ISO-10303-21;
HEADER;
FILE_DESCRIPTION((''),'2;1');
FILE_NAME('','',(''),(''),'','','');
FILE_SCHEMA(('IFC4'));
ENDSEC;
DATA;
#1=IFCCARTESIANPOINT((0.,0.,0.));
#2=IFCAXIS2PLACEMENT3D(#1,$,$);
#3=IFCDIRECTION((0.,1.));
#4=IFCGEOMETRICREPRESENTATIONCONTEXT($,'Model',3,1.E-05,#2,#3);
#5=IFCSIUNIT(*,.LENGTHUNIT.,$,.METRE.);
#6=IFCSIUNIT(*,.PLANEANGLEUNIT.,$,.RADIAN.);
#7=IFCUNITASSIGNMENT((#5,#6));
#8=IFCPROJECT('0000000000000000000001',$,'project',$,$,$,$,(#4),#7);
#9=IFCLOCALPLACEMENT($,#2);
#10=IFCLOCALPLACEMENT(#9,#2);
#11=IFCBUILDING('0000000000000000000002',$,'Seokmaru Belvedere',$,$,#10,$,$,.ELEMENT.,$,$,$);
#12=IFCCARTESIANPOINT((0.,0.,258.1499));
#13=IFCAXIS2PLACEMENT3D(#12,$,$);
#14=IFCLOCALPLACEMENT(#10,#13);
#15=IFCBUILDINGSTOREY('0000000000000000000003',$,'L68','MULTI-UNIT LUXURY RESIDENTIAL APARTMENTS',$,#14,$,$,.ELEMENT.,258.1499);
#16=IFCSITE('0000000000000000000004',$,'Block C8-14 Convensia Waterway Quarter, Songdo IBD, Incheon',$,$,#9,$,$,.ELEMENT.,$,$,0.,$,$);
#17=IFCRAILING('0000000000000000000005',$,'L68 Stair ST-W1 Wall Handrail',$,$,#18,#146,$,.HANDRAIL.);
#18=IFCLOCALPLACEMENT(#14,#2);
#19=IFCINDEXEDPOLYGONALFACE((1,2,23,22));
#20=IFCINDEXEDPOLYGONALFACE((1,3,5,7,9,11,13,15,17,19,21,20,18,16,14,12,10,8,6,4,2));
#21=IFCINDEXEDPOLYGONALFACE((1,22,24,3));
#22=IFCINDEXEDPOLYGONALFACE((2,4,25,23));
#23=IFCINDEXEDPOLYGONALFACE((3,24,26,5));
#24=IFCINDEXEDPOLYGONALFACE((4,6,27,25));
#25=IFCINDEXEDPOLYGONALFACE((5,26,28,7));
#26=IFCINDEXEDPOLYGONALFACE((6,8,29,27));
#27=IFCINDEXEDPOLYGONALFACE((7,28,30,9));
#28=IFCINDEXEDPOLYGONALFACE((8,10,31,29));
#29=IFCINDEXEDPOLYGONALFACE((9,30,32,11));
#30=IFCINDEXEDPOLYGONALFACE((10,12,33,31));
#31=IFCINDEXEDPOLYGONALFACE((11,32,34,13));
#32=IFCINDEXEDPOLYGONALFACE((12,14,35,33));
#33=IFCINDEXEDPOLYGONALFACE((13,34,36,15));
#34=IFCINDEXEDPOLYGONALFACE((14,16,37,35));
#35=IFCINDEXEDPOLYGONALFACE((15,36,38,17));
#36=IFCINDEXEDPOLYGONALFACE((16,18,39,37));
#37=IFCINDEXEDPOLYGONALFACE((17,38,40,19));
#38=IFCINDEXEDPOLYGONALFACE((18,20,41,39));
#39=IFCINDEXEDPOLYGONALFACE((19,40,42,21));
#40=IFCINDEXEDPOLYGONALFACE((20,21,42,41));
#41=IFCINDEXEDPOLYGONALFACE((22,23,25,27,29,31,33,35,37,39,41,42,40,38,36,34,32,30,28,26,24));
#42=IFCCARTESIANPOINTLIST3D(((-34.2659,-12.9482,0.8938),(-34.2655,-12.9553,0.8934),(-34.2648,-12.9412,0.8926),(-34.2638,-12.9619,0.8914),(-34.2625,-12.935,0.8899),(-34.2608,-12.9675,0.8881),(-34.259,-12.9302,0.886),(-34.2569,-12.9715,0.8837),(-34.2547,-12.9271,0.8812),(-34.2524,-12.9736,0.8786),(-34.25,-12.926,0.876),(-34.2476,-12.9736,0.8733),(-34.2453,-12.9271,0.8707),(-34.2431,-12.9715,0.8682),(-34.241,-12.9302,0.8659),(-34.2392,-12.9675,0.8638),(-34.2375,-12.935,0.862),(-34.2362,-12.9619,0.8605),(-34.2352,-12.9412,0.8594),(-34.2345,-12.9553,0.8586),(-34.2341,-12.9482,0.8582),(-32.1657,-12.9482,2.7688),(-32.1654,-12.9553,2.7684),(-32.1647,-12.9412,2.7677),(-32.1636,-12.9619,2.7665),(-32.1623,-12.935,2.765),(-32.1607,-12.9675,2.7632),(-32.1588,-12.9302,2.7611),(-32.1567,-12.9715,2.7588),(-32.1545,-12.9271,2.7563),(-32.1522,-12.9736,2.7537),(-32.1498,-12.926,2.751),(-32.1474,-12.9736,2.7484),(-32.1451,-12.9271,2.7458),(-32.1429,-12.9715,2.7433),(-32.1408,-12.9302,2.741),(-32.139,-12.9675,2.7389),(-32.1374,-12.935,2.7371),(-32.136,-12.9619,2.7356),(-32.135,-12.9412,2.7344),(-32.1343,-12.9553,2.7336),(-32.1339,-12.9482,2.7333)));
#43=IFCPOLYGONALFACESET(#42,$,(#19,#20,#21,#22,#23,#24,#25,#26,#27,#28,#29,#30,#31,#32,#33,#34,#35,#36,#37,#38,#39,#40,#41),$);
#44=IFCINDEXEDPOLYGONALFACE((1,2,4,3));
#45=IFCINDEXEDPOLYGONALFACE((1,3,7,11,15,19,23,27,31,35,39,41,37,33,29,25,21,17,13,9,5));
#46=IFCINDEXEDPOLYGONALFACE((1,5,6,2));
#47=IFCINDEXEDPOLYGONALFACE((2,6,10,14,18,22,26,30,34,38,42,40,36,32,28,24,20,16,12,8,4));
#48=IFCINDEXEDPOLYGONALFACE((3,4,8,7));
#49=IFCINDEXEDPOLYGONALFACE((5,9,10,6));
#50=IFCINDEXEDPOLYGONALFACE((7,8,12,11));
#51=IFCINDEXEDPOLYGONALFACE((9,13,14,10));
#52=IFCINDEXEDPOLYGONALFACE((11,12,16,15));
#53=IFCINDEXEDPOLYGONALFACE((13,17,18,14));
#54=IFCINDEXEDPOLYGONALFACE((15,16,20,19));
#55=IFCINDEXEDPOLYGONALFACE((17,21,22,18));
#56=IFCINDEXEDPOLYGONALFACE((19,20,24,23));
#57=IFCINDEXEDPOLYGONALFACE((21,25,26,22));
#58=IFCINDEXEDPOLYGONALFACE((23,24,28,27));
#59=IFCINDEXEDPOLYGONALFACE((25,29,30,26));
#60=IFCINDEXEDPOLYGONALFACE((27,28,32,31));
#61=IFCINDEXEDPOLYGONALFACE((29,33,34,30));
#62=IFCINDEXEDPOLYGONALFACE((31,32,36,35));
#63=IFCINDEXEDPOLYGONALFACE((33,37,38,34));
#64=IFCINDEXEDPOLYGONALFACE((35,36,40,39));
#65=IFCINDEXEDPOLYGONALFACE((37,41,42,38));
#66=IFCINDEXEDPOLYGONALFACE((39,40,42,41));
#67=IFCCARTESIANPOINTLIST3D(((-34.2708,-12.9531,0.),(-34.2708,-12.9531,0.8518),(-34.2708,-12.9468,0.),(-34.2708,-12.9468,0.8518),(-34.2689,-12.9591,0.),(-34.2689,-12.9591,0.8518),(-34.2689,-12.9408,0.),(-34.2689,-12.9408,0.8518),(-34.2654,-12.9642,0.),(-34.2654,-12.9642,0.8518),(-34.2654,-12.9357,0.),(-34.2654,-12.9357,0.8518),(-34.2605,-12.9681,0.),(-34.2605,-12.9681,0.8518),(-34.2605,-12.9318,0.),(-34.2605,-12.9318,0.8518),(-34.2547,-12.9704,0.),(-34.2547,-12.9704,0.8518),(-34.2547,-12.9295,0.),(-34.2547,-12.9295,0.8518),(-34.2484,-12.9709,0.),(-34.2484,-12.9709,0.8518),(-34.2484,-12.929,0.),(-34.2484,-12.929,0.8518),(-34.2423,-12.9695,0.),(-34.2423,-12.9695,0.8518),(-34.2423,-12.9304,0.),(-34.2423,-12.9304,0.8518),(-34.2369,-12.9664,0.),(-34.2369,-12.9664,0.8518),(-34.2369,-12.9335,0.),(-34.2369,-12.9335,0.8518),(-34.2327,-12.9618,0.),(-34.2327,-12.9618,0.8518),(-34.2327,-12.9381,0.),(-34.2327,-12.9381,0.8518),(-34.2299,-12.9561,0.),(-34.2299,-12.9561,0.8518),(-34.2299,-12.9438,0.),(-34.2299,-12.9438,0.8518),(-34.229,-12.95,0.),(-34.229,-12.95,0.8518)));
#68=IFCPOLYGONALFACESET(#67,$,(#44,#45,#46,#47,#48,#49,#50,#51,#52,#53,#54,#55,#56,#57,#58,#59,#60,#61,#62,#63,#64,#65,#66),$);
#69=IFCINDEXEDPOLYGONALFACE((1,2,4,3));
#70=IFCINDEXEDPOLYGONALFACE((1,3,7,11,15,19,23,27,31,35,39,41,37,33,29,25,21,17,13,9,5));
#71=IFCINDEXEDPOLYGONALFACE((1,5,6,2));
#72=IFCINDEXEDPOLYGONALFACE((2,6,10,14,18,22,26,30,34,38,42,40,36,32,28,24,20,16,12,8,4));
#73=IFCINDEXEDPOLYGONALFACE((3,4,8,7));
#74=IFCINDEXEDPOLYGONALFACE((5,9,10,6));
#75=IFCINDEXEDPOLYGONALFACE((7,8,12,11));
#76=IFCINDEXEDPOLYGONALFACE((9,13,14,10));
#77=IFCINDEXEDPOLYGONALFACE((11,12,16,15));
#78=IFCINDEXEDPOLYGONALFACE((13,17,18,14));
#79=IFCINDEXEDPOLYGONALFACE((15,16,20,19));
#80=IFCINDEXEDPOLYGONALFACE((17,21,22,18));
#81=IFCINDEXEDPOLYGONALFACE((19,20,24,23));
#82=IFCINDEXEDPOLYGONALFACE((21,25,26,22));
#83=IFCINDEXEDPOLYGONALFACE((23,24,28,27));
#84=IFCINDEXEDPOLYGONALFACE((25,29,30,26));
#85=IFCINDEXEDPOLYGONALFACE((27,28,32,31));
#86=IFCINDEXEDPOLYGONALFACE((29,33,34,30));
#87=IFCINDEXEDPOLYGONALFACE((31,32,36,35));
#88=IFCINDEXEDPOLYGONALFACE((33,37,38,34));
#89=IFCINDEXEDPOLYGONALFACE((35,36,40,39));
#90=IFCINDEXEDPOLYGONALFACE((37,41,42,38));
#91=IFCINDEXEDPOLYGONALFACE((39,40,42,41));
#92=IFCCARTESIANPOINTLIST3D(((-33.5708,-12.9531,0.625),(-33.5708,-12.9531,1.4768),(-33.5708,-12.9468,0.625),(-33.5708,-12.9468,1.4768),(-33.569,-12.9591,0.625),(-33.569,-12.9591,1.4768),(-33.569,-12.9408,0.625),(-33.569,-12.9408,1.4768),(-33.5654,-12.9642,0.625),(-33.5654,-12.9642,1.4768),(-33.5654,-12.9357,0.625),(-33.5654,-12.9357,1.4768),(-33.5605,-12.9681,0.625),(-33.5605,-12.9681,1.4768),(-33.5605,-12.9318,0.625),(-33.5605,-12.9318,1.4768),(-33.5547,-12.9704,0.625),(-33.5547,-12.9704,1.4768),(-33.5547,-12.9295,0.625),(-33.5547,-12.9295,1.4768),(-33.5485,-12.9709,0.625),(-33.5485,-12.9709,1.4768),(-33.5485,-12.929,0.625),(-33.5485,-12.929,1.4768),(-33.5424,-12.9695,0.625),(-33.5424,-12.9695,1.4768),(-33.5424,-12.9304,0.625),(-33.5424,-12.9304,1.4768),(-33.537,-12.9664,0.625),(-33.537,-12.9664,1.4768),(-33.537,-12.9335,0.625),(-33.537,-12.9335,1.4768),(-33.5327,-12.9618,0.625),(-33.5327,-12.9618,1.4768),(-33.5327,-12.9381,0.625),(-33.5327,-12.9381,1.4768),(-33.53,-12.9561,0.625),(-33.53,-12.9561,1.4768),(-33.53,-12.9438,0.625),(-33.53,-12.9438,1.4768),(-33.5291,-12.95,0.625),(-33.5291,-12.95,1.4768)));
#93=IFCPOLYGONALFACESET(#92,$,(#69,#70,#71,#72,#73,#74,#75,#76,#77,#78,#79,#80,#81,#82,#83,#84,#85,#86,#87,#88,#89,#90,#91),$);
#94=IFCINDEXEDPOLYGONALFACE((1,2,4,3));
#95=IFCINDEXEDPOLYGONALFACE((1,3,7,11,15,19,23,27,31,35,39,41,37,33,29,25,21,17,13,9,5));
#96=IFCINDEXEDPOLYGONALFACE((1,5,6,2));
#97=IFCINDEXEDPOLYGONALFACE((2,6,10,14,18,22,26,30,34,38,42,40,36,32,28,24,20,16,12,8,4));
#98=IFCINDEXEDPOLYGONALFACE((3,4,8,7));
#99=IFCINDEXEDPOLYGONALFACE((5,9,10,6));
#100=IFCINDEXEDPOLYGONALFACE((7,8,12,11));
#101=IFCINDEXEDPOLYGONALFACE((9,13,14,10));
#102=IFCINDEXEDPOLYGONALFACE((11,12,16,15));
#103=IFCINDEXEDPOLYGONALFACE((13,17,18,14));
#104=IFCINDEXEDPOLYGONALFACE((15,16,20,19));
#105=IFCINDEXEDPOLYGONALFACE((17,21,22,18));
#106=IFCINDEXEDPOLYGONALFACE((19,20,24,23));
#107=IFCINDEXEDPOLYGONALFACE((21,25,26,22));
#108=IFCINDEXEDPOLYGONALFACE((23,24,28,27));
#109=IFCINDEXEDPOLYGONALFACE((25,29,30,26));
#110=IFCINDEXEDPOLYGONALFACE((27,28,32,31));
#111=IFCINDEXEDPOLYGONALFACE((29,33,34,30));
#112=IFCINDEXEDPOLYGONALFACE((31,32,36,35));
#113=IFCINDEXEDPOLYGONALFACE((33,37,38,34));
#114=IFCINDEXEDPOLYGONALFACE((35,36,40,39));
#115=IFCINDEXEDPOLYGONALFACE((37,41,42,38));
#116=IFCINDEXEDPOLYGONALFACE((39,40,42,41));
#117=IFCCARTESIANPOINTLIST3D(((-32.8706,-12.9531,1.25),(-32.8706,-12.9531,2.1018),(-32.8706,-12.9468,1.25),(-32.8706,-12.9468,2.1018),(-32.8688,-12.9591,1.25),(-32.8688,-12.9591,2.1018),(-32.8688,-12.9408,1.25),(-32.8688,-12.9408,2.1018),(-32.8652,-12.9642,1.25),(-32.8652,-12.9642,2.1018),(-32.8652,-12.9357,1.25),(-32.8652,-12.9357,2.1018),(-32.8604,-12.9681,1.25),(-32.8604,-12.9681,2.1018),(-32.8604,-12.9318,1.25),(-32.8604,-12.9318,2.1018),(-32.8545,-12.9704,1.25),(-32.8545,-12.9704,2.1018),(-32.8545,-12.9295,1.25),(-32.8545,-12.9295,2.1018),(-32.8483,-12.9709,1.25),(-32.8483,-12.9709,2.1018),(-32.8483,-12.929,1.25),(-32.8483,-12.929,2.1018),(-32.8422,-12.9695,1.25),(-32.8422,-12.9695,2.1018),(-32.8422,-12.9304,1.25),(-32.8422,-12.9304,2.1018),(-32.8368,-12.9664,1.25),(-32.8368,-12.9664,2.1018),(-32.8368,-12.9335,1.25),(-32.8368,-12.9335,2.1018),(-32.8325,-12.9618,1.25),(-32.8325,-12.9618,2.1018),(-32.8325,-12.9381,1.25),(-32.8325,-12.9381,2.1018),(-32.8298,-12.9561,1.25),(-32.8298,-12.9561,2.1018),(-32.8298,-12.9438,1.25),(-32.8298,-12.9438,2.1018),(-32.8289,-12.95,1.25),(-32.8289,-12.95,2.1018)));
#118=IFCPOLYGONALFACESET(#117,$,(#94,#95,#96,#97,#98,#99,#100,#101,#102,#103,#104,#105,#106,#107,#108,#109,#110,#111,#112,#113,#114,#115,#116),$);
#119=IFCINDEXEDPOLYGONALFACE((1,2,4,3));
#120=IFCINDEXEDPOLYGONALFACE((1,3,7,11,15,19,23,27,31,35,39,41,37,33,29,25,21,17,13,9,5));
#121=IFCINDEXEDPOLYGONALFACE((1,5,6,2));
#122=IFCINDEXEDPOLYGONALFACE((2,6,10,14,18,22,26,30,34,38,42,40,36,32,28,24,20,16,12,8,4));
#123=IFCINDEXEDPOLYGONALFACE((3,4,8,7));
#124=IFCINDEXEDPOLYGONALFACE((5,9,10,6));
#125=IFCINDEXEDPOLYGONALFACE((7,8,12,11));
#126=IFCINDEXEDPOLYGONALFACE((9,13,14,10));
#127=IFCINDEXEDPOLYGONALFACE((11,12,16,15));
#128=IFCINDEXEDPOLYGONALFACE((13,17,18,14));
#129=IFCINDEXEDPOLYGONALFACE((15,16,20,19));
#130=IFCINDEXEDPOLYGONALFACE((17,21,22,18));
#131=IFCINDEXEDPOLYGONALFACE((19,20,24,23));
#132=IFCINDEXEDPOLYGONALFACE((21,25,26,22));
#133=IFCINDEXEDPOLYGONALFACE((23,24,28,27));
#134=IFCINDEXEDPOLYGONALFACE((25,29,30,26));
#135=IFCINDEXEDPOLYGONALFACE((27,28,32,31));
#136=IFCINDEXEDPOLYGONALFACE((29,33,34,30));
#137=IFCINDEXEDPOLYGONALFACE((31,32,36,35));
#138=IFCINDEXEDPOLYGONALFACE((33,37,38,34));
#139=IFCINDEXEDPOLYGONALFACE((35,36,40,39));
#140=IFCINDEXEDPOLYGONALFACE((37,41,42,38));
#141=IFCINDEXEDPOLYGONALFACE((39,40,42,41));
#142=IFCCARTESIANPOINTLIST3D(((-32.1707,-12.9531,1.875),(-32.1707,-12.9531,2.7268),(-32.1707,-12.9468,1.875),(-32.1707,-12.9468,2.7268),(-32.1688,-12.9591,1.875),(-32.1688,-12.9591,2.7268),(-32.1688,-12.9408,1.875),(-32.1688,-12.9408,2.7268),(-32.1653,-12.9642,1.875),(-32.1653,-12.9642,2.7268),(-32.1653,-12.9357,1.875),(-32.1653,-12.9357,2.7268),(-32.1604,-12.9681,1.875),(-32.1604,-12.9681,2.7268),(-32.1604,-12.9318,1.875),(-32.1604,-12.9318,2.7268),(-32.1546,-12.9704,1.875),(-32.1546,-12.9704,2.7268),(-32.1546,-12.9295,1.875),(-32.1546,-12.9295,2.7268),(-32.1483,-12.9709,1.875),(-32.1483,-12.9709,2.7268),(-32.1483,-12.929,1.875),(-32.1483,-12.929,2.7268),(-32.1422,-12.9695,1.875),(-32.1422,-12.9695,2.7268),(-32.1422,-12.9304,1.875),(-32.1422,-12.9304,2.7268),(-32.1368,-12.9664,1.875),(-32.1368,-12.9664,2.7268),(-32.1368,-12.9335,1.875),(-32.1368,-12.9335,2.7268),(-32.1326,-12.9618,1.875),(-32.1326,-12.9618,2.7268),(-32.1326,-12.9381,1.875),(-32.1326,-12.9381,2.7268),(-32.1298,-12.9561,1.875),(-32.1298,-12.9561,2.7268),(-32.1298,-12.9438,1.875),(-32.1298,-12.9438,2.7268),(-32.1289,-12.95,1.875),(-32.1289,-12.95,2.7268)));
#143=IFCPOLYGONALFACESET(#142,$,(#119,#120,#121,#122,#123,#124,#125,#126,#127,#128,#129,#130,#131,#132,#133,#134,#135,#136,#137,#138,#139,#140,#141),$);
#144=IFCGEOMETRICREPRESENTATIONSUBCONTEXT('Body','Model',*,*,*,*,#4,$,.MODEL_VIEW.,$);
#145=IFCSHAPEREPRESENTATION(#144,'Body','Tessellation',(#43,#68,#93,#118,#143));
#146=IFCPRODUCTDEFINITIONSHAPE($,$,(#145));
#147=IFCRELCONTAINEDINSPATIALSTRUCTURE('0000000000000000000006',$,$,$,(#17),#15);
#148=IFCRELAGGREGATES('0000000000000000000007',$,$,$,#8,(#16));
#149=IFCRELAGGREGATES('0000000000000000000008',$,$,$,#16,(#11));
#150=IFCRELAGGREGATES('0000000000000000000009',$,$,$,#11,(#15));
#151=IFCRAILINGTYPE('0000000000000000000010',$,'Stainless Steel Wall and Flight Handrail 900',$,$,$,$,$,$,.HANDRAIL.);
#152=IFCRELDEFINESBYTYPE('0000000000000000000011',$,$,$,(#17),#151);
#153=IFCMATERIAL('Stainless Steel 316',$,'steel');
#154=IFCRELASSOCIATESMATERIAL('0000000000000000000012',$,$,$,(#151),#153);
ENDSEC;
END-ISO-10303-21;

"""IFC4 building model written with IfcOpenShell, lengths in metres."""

from ifc_helpers import new_model, si_unit, direction, frame, origin, origin_2d, place, context, subcontext, project, spatial, circle, extrude, material, type_object, element, save


model = new_model("IFC4")

# Units and contexts
model_context = context("Model", 3, precision=1e-05, world=origin(), true_north=direction((0.0, 1.0)))
body_context = subcontext(model_context, "Body", "Model", "MODEL_VIEW")
ifc_project = project(units=[si_unit("LENGTHUNIT", "METRE"), si_unit("PLANEANGLEUNIT", "RADIAN")], contexts=[model_context])

# Site, building, storey
site_placement = place(None, origin())
site = spatial("IfcSite", under=ifc_project, at=site_placement, Name="Block C8-14 Convensia Waterway Quarter, Songdo IBD, Incheon", CompositionType="ELEMENT", RefElevation=0.0)
building_placement = place(site_placement, origin())
building = spatial("IfcBuilding", under=site, at=building_placement, Name="Seokmaru Belvedere", CompositionType="ELEMENT")
storey_placement = place(building_placement, frame((0.0, 0.0, 258.1499)))
storey = spatial("IfcBuildingStorey", under=building, at=storey_placement, Name="L68", Description="MULTI-UNIT LUXURY RESIDENTIAL APARTMENTS", CompositionType="ELEMENT", Elevation=258.1499)

# Shared definitions
ifc_material_1 = material(Name="Stainless Steel 316", Category="steel")

# Railing
railing_type_1 = type_object("IfcRailingType", Name="Stainless Steel Wall and Flight Handrail 900", PredefinedType="HANDRAIL", material=ifc_material_1)
railing_1_placement = place(storey_placement, frame((-34.25, -12.95, 0.0)))
element("IfcRailing", 1, at=railing_1_placement, inside=storey, type_object=railing_type_1, Name="L68 Stair ST-W1 Wall Handrail", PredefinedType="HANDRAIL", context=body_context, shape_type="SweptSolid", body=[
    extrude(circle(Radius=0.0239, at=origin_2d()), frame((0.0, 0.0, 0.876), z_axis=(0.745953, 0.0, 0.665999), x_axis=(0.0, 1.0, 0.0)), (0.0, 0.0, 1.0), 2.8154),
    extrude(circle(Radius=0.021, at=origin_2d()), origin(), (0.0, 0.0, 1.0), 0.8518),
    extrude(circle(Radius=0.021, at=origin_2d()), frame((0.7, 0.0, 0.625)), (0.0, 0.0, 1.0), 0.8518),
    extrude(circle(Radius=0.021, at=origin_2d()), frame((1.4001, 0.0, 1.25)), (0.0, 0.0, 1.0), 0.8518),
    extrude(circle(Radius=0.021, at=origin_2d()), frame((2.1001, 0.0, 1.875)), (0.0, 0.0, 1.0), 0.8518),
])

save(model, "model.ifc")
